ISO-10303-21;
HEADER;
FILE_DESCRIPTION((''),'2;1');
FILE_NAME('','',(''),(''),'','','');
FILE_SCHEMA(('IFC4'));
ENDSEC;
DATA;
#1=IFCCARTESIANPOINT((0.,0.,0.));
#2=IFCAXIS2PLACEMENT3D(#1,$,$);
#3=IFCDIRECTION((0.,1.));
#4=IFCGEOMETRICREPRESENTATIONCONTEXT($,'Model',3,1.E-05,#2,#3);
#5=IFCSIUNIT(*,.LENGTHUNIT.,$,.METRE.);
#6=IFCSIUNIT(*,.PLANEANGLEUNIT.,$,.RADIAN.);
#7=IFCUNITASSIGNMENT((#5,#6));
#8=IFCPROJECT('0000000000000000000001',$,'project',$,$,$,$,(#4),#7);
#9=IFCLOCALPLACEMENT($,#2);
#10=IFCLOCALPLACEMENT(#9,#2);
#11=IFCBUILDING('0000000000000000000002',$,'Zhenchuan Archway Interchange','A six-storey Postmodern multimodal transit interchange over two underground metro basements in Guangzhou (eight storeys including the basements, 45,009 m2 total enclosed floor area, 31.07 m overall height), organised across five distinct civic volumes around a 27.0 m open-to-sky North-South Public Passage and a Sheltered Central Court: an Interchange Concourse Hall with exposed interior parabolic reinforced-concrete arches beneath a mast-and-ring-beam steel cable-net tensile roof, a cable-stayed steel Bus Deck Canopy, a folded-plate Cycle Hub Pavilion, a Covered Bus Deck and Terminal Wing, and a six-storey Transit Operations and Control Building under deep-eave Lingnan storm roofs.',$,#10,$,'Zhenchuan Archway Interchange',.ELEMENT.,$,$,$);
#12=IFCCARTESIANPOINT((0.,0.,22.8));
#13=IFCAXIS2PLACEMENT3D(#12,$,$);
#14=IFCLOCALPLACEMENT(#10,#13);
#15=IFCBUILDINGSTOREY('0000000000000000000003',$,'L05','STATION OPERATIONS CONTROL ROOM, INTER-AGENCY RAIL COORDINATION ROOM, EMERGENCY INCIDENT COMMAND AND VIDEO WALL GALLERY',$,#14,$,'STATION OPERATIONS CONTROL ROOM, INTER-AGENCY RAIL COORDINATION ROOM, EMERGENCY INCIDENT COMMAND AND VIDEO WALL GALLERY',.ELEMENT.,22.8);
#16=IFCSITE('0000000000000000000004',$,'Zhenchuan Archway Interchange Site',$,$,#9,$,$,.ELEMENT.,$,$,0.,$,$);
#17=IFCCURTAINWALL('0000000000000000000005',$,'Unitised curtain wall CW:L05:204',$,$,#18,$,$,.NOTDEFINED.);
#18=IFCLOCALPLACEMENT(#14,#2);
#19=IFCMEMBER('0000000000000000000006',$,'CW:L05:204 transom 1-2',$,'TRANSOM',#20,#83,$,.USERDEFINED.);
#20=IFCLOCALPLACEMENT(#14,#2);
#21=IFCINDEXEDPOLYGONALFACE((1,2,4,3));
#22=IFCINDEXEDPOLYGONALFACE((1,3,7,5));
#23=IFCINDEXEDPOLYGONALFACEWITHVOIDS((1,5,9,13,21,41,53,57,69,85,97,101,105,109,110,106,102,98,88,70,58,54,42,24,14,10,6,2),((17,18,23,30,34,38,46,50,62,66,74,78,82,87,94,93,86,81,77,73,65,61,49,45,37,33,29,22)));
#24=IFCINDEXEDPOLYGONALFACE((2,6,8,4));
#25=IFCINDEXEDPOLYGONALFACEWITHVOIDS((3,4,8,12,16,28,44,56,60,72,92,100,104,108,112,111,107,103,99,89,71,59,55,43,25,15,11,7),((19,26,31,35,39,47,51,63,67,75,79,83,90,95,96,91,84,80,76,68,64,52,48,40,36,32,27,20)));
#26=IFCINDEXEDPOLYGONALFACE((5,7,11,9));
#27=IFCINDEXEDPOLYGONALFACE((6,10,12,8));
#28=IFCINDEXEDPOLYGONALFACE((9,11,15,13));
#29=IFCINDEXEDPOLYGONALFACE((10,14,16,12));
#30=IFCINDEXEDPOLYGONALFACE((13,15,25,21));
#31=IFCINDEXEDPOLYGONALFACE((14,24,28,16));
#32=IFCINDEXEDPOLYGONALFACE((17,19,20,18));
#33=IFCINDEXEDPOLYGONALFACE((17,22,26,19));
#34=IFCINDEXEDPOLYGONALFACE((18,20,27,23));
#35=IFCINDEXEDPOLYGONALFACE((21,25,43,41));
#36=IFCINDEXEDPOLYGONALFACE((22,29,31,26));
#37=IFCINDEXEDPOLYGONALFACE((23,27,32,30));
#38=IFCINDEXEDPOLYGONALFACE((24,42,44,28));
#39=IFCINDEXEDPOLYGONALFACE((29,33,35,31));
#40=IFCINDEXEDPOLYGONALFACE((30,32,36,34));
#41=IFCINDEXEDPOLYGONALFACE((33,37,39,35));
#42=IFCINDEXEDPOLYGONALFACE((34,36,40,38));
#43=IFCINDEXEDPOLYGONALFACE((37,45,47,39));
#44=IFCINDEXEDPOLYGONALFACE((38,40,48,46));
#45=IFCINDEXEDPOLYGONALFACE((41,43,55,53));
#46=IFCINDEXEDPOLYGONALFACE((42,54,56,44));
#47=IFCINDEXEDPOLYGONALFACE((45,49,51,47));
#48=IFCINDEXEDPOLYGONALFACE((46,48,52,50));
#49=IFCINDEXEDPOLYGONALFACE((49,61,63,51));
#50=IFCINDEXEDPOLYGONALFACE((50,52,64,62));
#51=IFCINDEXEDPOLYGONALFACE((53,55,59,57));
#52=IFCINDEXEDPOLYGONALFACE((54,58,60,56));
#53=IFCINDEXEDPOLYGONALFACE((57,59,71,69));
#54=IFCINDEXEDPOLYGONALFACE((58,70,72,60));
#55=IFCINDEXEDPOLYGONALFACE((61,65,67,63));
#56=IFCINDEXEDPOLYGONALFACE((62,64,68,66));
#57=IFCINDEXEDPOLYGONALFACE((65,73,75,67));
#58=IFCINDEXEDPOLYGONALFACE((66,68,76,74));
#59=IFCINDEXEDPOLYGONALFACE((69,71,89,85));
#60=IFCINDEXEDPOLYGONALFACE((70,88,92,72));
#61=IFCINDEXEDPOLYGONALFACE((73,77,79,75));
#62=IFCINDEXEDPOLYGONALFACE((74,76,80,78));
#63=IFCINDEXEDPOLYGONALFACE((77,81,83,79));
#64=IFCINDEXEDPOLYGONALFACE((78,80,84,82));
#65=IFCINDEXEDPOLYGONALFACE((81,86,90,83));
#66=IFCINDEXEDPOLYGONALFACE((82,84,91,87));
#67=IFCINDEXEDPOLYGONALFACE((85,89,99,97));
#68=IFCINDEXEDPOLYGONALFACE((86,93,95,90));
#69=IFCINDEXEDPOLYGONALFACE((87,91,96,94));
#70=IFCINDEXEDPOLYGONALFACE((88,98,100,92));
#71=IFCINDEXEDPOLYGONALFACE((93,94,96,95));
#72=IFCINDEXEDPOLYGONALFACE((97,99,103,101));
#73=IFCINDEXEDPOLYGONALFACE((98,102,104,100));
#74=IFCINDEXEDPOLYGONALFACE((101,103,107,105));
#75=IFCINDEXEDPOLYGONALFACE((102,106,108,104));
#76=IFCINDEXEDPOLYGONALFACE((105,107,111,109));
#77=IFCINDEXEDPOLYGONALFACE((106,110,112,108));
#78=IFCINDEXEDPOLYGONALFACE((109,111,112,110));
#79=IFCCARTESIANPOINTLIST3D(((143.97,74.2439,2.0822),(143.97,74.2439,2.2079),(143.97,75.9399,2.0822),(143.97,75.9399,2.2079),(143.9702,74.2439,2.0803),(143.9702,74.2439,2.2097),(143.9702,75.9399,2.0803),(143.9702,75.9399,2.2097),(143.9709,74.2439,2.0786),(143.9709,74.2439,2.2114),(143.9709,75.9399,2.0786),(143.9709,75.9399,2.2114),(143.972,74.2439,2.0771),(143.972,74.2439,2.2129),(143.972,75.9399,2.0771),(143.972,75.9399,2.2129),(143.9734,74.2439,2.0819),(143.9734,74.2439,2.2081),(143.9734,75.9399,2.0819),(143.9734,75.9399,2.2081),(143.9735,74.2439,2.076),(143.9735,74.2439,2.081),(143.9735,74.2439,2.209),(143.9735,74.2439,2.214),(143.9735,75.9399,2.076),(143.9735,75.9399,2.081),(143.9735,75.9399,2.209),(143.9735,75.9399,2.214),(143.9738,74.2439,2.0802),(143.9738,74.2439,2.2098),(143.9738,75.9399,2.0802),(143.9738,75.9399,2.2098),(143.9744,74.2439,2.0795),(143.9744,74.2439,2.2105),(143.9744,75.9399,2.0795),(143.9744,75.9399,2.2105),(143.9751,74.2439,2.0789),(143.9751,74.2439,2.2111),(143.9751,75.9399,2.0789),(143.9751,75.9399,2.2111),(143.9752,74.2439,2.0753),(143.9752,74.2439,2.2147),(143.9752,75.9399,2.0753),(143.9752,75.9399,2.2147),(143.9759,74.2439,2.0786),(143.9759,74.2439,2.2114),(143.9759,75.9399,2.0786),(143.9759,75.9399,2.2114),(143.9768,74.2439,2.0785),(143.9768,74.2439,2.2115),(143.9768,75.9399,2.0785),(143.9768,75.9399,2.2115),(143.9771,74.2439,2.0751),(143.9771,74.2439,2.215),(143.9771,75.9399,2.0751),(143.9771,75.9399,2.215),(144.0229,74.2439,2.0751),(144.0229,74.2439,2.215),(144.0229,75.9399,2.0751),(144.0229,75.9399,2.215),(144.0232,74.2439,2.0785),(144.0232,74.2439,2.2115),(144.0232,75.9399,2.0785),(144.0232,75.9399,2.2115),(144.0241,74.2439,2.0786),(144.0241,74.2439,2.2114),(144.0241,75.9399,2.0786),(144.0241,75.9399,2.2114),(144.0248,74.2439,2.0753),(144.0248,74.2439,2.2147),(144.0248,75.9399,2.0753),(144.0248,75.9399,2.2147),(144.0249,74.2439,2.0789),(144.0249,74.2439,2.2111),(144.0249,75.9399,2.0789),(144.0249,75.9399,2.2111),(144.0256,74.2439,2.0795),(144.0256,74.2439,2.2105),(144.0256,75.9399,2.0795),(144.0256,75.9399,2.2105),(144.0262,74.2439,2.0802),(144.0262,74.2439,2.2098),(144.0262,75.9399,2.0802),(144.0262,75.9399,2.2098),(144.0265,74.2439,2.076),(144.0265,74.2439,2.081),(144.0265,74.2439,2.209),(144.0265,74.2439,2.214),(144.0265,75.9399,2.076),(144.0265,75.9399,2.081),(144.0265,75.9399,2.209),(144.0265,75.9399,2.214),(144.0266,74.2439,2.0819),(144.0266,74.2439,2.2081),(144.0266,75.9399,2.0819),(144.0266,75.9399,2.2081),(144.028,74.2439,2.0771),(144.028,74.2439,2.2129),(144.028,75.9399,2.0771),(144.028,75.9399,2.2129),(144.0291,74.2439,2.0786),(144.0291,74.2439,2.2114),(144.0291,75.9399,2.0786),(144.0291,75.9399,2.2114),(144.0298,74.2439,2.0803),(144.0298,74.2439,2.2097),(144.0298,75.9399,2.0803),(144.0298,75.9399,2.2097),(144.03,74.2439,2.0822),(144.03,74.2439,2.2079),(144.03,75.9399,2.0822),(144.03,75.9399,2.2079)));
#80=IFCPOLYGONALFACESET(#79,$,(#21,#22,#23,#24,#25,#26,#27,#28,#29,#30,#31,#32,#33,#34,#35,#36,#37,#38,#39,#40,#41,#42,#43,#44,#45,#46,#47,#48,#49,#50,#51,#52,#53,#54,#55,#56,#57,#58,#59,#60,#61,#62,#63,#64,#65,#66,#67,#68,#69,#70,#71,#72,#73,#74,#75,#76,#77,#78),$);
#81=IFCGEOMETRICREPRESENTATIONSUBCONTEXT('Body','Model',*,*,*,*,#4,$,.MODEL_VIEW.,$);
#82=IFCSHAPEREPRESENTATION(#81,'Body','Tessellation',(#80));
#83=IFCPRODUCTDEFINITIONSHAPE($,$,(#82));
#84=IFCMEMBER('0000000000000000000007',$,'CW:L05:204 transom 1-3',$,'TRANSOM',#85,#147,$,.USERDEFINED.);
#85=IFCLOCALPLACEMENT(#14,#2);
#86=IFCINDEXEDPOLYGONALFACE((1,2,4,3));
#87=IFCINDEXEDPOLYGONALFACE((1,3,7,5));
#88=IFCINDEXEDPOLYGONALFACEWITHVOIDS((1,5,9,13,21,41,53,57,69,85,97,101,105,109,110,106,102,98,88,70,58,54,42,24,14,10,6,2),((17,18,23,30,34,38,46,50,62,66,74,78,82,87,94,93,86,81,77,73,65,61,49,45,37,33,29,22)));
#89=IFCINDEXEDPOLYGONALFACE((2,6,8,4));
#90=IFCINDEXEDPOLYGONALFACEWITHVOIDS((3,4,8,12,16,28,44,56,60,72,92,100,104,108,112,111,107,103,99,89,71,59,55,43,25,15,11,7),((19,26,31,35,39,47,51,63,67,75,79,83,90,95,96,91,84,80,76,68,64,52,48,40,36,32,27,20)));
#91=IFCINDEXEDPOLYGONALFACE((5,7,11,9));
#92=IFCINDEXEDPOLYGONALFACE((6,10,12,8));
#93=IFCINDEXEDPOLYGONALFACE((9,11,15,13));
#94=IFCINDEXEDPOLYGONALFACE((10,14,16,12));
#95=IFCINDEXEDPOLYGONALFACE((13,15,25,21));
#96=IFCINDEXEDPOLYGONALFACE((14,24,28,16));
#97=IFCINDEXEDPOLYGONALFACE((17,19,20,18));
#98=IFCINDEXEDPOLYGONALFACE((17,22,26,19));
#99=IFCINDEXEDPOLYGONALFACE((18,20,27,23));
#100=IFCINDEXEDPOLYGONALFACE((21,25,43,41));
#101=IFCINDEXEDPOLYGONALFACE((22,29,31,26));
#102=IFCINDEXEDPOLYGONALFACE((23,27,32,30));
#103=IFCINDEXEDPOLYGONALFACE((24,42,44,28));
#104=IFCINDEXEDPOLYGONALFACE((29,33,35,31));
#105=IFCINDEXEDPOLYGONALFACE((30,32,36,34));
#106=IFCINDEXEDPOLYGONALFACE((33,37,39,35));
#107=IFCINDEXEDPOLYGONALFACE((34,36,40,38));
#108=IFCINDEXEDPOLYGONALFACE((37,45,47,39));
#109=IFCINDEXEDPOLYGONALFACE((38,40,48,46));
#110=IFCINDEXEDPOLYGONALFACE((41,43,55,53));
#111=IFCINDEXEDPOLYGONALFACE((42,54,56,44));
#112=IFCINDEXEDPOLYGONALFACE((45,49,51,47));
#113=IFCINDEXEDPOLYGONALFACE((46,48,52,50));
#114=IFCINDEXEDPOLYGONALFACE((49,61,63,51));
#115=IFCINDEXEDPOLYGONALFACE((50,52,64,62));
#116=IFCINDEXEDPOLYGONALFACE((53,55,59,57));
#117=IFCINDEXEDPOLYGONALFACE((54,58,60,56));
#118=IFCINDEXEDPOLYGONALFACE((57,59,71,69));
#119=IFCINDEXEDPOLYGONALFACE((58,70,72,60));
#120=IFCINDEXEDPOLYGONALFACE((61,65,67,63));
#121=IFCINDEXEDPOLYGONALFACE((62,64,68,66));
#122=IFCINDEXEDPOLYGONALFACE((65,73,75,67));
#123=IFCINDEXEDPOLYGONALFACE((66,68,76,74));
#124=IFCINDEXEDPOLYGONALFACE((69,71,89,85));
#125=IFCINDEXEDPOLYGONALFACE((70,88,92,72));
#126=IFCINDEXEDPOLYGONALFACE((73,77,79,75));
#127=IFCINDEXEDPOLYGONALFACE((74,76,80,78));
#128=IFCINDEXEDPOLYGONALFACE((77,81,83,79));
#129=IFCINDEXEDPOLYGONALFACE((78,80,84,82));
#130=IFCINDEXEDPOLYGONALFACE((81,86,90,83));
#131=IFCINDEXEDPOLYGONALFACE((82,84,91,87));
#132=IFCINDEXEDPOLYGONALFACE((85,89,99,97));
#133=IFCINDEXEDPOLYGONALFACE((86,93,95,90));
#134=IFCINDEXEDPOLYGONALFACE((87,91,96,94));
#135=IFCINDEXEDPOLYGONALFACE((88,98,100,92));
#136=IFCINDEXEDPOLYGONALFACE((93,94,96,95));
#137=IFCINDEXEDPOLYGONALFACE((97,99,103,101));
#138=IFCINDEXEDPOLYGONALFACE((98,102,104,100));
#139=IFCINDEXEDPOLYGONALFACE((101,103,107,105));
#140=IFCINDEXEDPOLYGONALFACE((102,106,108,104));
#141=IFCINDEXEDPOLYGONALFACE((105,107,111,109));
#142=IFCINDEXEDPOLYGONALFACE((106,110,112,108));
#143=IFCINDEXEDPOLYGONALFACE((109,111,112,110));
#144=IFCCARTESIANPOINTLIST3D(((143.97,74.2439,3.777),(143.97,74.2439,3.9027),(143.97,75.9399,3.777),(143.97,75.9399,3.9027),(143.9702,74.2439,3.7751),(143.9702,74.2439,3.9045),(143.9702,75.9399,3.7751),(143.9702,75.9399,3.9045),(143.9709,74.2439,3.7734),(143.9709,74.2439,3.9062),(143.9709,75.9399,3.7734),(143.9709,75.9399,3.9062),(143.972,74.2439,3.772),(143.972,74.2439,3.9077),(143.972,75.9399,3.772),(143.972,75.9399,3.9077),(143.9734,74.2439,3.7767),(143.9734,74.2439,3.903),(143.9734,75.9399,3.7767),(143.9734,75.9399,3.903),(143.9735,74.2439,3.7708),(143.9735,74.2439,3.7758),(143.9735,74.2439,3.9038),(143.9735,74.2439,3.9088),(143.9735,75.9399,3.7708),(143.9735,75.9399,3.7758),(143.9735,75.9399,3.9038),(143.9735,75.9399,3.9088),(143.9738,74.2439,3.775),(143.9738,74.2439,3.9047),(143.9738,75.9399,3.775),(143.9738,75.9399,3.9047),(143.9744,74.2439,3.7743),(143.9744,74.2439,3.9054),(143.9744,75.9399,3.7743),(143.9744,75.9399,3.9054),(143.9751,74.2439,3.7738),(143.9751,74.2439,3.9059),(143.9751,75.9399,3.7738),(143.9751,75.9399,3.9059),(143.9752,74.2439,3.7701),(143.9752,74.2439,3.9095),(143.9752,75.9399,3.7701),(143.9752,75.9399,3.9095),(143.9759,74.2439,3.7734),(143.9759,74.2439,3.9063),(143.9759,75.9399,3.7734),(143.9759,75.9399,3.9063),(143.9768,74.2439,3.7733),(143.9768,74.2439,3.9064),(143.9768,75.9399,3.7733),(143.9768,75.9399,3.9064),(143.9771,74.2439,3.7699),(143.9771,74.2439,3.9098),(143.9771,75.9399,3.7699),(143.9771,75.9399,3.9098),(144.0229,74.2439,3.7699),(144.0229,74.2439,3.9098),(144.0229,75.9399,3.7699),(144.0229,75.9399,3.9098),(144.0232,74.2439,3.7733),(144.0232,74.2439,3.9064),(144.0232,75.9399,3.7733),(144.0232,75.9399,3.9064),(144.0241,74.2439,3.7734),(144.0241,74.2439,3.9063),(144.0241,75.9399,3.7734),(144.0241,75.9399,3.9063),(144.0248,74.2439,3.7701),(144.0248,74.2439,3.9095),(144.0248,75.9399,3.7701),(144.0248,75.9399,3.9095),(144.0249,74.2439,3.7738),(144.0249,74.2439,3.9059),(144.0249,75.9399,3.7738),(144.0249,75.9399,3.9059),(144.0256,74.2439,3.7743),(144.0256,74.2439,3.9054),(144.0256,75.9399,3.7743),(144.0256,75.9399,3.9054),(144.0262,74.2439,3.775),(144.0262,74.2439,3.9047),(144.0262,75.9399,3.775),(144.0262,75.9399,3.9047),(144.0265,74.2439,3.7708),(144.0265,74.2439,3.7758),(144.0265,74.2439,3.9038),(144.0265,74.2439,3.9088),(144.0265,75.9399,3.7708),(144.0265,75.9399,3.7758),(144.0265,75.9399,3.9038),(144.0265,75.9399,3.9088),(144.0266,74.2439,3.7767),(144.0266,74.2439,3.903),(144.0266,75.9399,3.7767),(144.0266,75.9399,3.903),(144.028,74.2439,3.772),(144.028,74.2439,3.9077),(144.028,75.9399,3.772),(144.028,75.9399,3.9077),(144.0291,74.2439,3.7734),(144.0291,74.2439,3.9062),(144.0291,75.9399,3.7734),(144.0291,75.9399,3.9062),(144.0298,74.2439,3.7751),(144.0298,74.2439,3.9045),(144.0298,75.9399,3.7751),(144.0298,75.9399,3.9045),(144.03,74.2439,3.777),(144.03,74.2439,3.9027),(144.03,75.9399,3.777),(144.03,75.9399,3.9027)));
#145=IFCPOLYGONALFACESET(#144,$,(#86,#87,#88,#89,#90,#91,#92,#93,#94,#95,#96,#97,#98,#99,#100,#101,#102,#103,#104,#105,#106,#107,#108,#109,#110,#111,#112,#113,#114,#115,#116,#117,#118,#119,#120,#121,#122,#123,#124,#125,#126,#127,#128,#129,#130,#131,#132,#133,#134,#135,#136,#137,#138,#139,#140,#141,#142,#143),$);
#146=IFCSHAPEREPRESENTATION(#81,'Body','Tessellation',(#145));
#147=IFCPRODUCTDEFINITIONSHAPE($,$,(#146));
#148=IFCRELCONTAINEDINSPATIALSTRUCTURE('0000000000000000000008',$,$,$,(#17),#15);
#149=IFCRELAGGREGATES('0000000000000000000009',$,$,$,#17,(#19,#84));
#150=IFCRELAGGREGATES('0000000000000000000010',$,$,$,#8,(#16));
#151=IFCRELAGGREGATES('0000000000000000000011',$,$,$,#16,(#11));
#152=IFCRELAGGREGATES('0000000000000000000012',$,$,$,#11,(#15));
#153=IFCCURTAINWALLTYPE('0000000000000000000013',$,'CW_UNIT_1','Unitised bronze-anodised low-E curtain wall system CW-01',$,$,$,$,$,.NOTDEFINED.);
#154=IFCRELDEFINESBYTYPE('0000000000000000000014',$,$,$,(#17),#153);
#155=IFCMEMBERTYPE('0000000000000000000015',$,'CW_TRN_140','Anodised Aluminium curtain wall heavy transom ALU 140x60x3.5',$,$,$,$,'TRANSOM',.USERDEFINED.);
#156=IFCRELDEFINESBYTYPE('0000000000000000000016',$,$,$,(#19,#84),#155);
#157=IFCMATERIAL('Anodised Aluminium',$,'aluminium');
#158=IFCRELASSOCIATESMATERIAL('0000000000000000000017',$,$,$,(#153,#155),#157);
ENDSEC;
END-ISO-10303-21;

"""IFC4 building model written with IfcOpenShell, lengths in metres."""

from ifc_helpers import new_model, si_unit, direction, frame, origin, origin_2d, place, context, subcontext, project, spatial, hollow_rectangle, extrude, material, material_profile, profile_set, type_object, element, aggregate, save


model = new_model("IFC4")

# Units and contexts
model_context = context("Model", 3, precision=1e-05, world=origin(), true_north=direction((0.0, 1.0)))
body_context = subcontext(model_context, "Body", "Model", "MODEL_VIEW")
ifc_project = project(units=[si_unit("LENGTHUNIT", "METRE"), si_unit("PLANEANGLEUNIT", "RADIAN")], contexts=[model_context])

# Site, building, storey
site_placement = place(None, origin())
site = spatial("IfcSite", under=ifc_project, at=site_placement, Name="Zhenchuan Archway Interchange Site", CompositionType="ELEMENT", RefElevation=0.0)
building_placement = place(site_placement, origin())
building = spatial("IfcBuilding", under=site, at=building_placement, Name="Zhenchuan Archway Interchange", Description="A six-storey Postmodern multimodal transit interchange over two underground metro basements in Guangzhou (eight storeys including the basements, 45,009 m2 total enclosed floor area, 31.07 m overall height), organised across five distinct civic volumes around a 27.0 m open-to-sky North-South Public Passage and a Sheltered Central Court: an Interchange Concourse Hall with exposed interior parabolic reinforced-concrete arches beneath a mast-and-ring-beam steel cable-net tensile roof, a cable-stayed steel Bus Deck Canopy, a folded-plate Cycle Hub Pavilion, a Covered Bus Deck and Terminal Wing, and a six-storey Transit Operations and Control Building under deep-eave Lingnan storm roofs.", LongName="Zhenchuan Archway Interchange", CompositionType="ELEMENT")
storey_placement = place(building_placement, frame((0.0, 0.0, 22.8)))
storey = spatial("IfcBuildingStorey", under=building, at=storey_placement, Name="L05", Description="STATION OPERATIONS CONTROL ROOM, INTER-AGENCY RAIL COORDINATION ROOM, EMERGENCY INCIDENT COMMAND AND VIDEO WALL GALLERY", LongName="STATION OPERATIONS CONTROL ROOM, INTER-AGENCY RAIL COORDINATION ROOM, EMERGENCY INCIDENT COMMAND AND VIDEO WALL GALLERY", CompositionType="ELEMENT", Elevation=22.8)

# Shared definitions
ifc_material_1 = material(Name="Anodised Aluminium", Category="aluminium")

# Curtain wall
curtain_wall_type_1 = type_object("IfcCurtainWallType", Name="CW_UNIT_1", Description="Unitised bronze-anodised low-E curtain wall system CW-01", PredefinedType="NOTDEFINED", material=ifc_material_1)
curtain_wall_1_placement = place(storey_placement, origin())
curtain_wall_1 = element("IfcCurtainWall", 1, at=curtain_wall_1_placement, inside=storey, type_object=curtain_wall_type_1, Name="Unitised curtain wall CW:L05:204", PredefinedType="NOTDEFINED")

# Members
ifc_material_profile_1 = material_profile(ifc_material_1, hollow_rectangle(XDim=0.0601, YDim=0.1399, WallThickness=0.0034, InnerFilletRadius=0.0034, OuterFilletRadius=0.0071, at=origin_2d()), Name="ALU 140x60x3.5")
ifc_profile_set_1 = profile_set([ifc_material_profile_1], Name="Anodised Aluminium")
member_type_1 = type_object("IfcMemberType", Name="CW_TRN_140", Description="Anodised Aluminium curtain wall heavy transom ALU 140x60x3.5", ElementType="TRANSOM", PredefinedType="USERDEFINED", material=ifc_profile_set_1)
member_1_placement = place(storey_placement, frame((144.0, 74.2439, 2.145), z_axis=(0.0, 1.0, 0.0), x_axis=(-1.0, 0.0, 0.0)))
member_1 = element("IfcMember", 2, at=member_1_placement, type_object=member_type_1, Name="CW:L05:204 transom 1-2", ObjectType="TRANSOM", PredefinedType="USERDEFINED", context=body_context, shape_type="SweptSolid", body=[
    extrude(hollow_rectangle(XDim=0.0601, YDim=0.1399, WallThickness=0.0034, InnerFilletRadius=0.0034, OuterFilletRadius=0.0071, at=origin_2d()), origin(), (0.0, 0.0, 1.0), 1.696),
])
member_2_placement = place(storey_placement, frame((144.0, 74.2439, 3.8398), z_axis=(0.0, 1.0, 0.0), x_axis=(-1.0, 0.0, 0.0)))
member_2 = element("IfcMember", 3, at=member_2_placement, type_object=member_type_1, Name="CW:L05:204 transom 1-3", ObjectType="TRANSOM", PredefinedType="USERDEFINED", context=body_context, shape_type="SweptSolid", body=[
    extrude(hollow_rectangle(XDim=0.0601, YDim=0.1399, WallThickness=0.0034, InnerFilletRadius=0.0034, OuterFilletRadius=0.0071, at=origin_2d()), origin(), (0.0, 0.0, 1.0), 1.696),
])

aggregate(curtain_wall_1, [member_1, member_2])

save(model, "model.ifc")
